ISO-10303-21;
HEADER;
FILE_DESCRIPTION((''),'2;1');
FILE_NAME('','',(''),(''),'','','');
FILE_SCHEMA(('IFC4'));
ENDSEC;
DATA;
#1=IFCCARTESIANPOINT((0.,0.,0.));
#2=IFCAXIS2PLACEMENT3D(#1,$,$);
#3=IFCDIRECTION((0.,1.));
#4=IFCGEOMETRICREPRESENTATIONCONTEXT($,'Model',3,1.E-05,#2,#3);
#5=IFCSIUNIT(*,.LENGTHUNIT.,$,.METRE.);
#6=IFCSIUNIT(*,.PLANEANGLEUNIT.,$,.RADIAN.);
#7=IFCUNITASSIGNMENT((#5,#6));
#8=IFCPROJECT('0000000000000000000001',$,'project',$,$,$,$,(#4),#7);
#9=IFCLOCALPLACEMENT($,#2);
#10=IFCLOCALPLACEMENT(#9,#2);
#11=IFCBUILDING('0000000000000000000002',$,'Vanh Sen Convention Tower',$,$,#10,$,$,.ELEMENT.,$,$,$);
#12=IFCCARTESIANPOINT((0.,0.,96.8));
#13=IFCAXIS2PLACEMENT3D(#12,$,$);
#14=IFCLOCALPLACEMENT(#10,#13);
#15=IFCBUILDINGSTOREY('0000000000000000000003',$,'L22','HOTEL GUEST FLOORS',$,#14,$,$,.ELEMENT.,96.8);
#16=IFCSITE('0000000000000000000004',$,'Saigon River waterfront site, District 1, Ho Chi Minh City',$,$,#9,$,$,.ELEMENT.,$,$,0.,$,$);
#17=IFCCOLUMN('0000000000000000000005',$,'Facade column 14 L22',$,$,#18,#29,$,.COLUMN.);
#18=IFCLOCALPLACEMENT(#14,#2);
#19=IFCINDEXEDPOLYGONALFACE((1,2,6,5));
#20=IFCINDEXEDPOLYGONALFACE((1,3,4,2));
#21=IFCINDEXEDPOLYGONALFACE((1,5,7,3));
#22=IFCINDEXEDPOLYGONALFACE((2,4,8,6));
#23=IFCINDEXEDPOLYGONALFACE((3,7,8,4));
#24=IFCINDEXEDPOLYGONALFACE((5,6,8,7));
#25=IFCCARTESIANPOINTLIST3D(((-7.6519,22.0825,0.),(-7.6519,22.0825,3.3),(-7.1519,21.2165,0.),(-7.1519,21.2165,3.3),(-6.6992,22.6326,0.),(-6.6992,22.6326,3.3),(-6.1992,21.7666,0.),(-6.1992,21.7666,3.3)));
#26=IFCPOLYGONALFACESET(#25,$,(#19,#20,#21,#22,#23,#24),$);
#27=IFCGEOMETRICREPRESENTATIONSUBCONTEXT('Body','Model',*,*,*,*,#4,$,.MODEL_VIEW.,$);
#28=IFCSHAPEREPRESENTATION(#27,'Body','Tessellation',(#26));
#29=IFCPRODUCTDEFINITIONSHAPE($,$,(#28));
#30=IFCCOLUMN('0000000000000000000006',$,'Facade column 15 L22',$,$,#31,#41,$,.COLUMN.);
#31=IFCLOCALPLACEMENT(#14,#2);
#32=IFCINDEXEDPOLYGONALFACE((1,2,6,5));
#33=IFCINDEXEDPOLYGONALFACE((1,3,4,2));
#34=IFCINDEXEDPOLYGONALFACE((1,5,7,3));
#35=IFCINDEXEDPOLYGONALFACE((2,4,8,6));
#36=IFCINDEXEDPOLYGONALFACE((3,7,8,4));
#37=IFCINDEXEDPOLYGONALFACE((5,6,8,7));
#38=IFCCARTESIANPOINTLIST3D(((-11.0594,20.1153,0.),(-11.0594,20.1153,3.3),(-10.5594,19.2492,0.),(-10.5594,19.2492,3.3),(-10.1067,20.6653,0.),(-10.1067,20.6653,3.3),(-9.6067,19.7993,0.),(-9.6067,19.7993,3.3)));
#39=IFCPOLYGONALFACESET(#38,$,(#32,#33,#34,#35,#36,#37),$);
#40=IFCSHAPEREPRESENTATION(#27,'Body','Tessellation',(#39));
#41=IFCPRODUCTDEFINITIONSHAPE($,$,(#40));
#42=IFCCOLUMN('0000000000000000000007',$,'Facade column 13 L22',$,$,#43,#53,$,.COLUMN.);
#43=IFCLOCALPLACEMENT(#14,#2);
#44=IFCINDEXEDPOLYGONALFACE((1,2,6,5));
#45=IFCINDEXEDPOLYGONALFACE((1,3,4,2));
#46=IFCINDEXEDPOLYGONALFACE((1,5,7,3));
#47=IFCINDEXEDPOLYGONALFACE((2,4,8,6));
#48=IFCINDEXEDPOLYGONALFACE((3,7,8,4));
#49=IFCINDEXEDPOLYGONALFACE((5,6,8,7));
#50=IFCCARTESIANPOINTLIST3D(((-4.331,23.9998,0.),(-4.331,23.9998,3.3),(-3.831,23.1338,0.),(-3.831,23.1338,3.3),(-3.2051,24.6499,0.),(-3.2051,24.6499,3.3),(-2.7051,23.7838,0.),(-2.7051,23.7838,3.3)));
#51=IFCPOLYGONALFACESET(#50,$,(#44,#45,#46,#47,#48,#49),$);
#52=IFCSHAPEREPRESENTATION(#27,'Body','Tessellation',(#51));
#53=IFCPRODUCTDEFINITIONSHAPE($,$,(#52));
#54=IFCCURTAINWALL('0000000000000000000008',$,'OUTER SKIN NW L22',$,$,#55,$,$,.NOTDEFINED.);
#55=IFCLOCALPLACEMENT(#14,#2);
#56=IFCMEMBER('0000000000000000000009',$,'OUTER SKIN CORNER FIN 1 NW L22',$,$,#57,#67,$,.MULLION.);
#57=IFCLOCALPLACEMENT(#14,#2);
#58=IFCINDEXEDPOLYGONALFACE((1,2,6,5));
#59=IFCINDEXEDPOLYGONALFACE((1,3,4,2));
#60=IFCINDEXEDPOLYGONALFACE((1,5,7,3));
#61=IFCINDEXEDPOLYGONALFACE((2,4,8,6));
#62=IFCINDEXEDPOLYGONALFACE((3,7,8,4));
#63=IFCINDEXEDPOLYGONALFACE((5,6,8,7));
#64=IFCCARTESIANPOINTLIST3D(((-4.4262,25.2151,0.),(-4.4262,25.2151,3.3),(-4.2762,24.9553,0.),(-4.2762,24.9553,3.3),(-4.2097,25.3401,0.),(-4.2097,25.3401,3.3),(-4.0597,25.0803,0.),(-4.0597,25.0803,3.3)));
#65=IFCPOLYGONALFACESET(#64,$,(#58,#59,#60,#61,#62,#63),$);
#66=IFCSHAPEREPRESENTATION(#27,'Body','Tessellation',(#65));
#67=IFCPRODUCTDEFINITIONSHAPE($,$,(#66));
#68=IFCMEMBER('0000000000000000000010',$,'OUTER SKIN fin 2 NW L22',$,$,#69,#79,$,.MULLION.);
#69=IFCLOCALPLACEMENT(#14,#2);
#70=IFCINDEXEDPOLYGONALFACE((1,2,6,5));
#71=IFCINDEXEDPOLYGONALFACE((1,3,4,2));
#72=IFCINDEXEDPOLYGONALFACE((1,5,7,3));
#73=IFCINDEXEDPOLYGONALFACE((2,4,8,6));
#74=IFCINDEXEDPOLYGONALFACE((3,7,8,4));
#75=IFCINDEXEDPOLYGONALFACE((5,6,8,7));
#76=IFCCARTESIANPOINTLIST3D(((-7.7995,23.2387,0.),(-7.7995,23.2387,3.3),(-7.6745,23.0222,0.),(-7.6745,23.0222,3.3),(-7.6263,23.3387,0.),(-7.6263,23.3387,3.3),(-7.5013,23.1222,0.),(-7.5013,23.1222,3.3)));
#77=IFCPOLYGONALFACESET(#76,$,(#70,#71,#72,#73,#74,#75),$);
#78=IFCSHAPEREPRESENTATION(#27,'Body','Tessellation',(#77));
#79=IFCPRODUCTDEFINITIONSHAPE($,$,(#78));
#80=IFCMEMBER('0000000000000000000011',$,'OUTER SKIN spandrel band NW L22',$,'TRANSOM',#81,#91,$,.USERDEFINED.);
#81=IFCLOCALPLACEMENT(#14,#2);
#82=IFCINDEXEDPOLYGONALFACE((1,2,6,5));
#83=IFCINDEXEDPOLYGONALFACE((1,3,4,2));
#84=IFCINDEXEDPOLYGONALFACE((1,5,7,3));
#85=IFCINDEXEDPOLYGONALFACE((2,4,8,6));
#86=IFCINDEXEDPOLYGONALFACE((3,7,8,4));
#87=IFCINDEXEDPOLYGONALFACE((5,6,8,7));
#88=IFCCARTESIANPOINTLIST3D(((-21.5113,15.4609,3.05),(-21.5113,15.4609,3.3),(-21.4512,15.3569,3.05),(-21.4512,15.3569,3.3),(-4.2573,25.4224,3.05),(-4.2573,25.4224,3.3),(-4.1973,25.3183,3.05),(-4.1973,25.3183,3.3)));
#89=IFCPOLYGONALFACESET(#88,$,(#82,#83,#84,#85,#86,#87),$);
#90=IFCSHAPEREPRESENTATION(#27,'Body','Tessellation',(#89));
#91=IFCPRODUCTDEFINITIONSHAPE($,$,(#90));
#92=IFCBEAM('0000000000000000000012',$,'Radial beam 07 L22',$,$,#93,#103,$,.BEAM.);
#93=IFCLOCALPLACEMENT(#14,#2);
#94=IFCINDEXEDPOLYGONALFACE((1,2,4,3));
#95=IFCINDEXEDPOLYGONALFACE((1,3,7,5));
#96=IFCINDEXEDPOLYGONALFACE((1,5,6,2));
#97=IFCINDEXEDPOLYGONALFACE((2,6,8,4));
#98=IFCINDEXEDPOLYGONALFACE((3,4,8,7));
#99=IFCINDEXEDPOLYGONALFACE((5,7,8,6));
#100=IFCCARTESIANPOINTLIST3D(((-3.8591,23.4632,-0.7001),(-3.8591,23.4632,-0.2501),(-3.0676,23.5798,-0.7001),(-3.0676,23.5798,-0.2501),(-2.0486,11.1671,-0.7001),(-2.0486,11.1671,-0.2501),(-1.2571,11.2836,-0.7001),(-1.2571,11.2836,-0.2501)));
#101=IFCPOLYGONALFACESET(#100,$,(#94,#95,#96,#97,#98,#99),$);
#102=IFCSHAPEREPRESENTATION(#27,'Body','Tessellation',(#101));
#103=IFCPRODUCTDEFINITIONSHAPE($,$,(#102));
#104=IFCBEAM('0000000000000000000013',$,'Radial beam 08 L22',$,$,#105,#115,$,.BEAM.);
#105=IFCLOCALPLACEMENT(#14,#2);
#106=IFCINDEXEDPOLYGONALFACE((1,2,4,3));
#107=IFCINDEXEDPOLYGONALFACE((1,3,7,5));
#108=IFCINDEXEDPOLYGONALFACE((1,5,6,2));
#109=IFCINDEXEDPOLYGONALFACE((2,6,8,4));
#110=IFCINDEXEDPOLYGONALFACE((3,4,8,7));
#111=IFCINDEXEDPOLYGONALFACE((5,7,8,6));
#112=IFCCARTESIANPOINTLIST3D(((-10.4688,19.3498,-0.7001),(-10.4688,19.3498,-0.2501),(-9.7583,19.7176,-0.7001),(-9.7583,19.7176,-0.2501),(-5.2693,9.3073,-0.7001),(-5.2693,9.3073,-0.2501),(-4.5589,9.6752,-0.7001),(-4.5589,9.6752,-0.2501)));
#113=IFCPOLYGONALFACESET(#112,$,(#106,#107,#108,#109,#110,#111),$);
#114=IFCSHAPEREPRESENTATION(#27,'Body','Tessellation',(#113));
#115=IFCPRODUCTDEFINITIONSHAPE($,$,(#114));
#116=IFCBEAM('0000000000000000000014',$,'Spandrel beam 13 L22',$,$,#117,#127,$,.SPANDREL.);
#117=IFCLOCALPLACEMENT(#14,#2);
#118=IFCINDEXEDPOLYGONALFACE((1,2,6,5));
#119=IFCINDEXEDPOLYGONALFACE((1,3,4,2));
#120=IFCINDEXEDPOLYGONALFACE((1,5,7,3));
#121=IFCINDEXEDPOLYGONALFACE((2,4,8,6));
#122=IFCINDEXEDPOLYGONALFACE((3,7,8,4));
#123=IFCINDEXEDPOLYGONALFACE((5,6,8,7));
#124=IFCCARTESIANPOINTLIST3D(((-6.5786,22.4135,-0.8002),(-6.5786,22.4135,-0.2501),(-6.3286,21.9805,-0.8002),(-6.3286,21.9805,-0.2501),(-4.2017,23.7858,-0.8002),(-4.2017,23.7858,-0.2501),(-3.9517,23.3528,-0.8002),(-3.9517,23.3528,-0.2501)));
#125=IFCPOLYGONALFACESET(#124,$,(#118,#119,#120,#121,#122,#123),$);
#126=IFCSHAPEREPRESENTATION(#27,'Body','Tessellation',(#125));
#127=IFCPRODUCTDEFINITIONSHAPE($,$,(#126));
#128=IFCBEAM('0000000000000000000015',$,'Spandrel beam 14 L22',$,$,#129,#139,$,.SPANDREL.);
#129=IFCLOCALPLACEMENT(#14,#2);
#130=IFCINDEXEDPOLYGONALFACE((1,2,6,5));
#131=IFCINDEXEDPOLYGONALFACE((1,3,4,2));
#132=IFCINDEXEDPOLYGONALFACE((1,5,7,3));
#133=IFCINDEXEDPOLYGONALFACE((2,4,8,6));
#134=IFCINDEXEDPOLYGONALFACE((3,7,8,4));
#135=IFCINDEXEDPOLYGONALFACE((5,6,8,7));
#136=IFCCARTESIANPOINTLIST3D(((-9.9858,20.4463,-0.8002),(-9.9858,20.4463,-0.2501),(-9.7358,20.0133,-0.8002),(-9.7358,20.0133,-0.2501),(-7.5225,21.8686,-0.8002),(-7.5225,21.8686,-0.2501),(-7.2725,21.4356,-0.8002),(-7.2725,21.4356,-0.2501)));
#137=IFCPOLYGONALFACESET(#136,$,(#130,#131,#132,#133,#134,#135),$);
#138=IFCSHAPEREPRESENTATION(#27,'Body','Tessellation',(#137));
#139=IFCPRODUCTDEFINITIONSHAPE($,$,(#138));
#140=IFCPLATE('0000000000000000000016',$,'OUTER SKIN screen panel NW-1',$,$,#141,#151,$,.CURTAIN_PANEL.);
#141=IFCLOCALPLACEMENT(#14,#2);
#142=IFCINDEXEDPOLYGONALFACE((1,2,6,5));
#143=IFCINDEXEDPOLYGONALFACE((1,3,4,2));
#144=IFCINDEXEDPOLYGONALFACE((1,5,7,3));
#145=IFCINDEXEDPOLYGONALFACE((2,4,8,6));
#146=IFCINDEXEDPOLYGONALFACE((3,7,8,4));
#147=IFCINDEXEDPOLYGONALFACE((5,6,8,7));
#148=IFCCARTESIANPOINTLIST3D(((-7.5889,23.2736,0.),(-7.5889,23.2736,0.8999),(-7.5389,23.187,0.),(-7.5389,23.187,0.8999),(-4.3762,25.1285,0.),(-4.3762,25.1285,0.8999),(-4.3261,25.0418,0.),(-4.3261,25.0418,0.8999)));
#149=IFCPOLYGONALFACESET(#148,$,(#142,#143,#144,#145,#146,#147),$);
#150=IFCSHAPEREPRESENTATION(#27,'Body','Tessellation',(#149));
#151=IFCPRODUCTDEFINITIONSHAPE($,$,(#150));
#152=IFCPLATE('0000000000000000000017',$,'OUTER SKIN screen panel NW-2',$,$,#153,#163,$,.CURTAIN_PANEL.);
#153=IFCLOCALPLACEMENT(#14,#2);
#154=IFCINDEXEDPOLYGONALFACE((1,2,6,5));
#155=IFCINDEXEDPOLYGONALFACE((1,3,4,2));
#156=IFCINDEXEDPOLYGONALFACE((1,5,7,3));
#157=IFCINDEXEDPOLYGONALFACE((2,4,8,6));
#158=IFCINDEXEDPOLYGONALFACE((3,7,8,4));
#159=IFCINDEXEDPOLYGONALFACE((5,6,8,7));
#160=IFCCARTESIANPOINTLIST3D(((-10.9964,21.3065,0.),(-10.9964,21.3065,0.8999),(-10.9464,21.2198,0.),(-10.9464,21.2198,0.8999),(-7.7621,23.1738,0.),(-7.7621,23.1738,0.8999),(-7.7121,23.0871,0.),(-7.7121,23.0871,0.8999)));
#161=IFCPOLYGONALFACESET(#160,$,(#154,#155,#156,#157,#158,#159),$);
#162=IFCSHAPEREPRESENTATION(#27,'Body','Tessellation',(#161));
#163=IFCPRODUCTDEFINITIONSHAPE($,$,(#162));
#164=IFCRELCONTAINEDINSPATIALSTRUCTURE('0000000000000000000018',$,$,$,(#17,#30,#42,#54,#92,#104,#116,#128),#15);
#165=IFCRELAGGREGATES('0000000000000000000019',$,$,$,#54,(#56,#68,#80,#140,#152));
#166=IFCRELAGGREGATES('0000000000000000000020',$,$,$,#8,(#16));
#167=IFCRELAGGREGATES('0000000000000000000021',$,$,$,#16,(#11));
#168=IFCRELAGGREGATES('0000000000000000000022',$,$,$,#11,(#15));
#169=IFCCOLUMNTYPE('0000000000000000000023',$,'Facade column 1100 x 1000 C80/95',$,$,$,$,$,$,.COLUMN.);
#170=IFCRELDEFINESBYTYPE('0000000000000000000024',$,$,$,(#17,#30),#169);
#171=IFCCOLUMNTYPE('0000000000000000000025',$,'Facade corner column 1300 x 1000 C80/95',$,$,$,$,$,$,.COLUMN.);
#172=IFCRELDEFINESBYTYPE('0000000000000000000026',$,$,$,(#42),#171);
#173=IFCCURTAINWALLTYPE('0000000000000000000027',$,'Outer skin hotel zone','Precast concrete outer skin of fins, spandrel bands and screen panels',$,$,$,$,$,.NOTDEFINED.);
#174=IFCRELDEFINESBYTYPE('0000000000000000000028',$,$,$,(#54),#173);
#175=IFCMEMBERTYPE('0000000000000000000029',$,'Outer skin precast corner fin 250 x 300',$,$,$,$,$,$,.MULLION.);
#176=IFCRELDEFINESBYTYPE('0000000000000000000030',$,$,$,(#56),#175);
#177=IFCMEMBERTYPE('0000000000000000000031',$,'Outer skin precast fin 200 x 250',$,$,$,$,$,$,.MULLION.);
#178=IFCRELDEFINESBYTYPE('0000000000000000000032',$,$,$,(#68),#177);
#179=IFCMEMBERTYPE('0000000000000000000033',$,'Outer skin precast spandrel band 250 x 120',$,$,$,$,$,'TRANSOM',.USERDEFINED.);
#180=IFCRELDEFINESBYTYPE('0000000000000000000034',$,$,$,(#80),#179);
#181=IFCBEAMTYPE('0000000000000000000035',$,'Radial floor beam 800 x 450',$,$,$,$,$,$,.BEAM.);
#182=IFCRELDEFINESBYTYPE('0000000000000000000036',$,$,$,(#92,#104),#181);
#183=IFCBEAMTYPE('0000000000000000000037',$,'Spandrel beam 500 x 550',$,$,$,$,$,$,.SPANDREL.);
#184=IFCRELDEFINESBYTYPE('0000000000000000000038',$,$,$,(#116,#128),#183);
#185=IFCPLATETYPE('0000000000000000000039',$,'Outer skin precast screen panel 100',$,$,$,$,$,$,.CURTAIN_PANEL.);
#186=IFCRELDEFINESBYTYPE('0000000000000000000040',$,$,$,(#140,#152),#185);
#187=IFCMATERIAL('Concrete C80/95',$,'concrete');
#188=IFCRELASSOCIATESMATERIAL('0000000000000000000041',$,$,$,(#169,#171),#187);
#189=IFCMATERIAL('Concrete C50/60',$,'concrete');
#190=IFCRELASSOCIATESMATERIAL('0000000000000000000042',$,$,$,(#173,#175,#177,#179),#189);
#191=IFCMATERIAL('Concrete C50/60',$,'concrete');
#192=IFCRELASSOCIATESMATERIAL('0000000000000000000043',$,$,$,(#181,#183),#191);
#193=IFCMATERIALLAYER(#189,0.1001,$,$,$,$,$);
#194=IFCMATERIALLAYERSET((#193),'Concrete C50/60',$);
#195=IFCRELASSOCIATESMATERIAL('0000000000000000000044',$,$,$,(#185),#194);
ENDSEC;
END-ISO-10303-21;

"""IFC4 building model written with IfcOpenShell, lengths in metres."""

from ifc_helpers import new_model, si_unit, direction, frame, origin, origin_2d, place, context, subcontext, project, spatial, rectangle, extrude, material, layer, layer_set, material_profile, profile_set, type_object, element, aggregate, save


model = new_model("IFC4")

# Units and contexts
model_context = context("Model", 3, precision=1e-05, world=origin(), true_north=direction((0.0, 1.0)))
body_context = subcontext(model_context, "Body", "Model", "MODEL_VIEW")
ifc_project = project(units=[si_unit("LENGTHUNIT", "METRE"), si_unit("PLANEANGLEUNIT", "RADIAN")], contexts=[model_context])

# Site, building, storey
site_placement = place(None, origin())
site = spatial("IfcSite", under=ifc_project, at=site_placement, Name="Saigon River waterfront site, District 1, Ho Chi Minh City", CompositionType="ELEMENT", RefElevation=0.0)
building_placement = place(site_placement, origin())
building = spatial("IfcBuilding", under=site, at=building_placement, Name="Vanh Sen Convention Tower", CompositionType="ELEMENT")
storey_placement = place(building_placement, frame((0.0, 0.0, 96.8)))
storey = spatial("IfcBuildingStorey", under=building, at=storey_placement, Name="L22", Description="HOTEL GUEST FLOORS", CompositionType="ELEMENT", Elevation=96.8)

# Columns
ifc_material_1 = material(Name="Concrete C80/95", Category="concrete")
ifc_material_profile_1 = material_profile(ifc_material_1, rectangle(XDim=1.1001, YDim=1.0, at=origin_2d()), Name="RC 1100X1000")
ifc_profile_set_1 = profile_set([ifc_material_profile_1], Name="Concrete C80/95")
column_type_1 = type_object("IfcColumnType", Name="Facade column 1100 x 1000 C80/95", PredefinedType="COLUMN", material=ifc_profile_set_1)
for number, where, z_axis, x_axis, name in (
    (1, (-6.9255, 21.9246, 0.0), (0.0, 0.0, 1.0), (-0.866025, -0.5, 0.0), "Facade column 14 L22"),
    (2, (-10.333, 19.9573, 0.0), (0.0, 0.0, 1.0), (-0.866025, -0.5, 0.0), "Facade column 15 L22"),
):
    element("IfcColumn", number, at=place(storey_placement, frame(where, z_axis=z_axis, x_axis=x_axis)), inside=storey, type_object=column_type_1, Name=name, PredefinedType="COLUMN", context=body_context, shape_type="SweptSolid", body=[
        extrude(rectangle(XDim=1.1001, YDim=1.0, at=origin_2d()), origin(), (0.0, 0.0, 1.0), 3.3),
    ])
ifc_material_profile_2 = material_profile(ifc_material_1, rectangle(XDim=1.3, YDim=1.0, at=origin_2d()), Name="RC 1300X1000")
ifc_profile_set_2 = profile_set([ifc_material_profile_2], Name="Concrete C80/95")
column_type_2 = type_object("IfcColumnType", Name="Facade corner column 1300 x 1000 C80/95", PredefinedType="COLUMN", material=ifc_profile_set_2)
column_placement = place(storey_placement, frame((-3.5181, 23.8918, 0.0), z_axis=(0.0, 0.0, 1.0), x_axis=(-0.866025, -0.5, 0.0)))
element("IfcColumn", 3, at=column_placement, inside=storey, type_object=column_type_2, Name="Facade column 13 L22", PredefinedType="COLUMN", context=body_context, shape_type="SweptSolid", body=[
    extrude(rectangle(XDim=1.3, YDim=1.0, at=origin_2d()), origin(), (0.0, 0.0, 1.0), 3.3),
])

# Curtain wall, members
ifc_material_2 = material(Name="Concrete C50/60", Category="concrete")
curtain_wall_type = type_object("IfcCurtainWallType", Name="Outer skin hotel zone", Description="Precast concrete outer skin of fins, spandrel bands and screen panels", PredefinedType="NOTDEFINED", material=ifc_material_2)
curtain_wall_placement = place(storey_placement, origin())
curtain_wall = element("IfcCurtainWall", 4, at=curtain_wall_placement, inside=storey, type_object=curtain_wall_type, Name="OUTER SKIN NW L22", PredefinedType="NOTDEFINED")
ifc_material_profile_3 = material_profile(ifc_material_2, rectangle(XDim=0.25, YDim=0.3, at=origin_2d()), Name="Outer skin precast corner fin 250 x 300")
ifc_profile_set_3 = profile_set([ifc_material_profile_3], Name="Concrete C50/60")
member_type_1 = type_object("IfcMemberType", Name="Outer skin precast corner fin 250 x 300", PredefinedType="MULLION", material=ifc_profile_set_3)
member_1_placement = place(storey_placement, frame((-4.2429, 25.1477, 0.0), z_axis=(0.0, 0.0, 1.0), x_axis=(-0.866025, -0.5, 0.0)))
member_1 = element("IfcMember", 5, at=member_1_placement, type_object=member_type_1, Name="OUTER SKIN CORNER FIN 1 NW L22", PredefinedType="MULLION", context=body_context, shape_type="SweptSolid", body=[
    extrude(rectangle(XDim=0.25, YDim=0.3, at=origin_2d()), origin(), (0.0, 0.0, 1.0), 3.3),
])
ifc_material_profile_4 = material_profile(ifc_material_2, rectangle(XDim=0.2, YDim=0.25, at=origin_2d()), Name="Outer skin precast fin 200 x 250")
ifc_profile_set_4 = profile_set([ifc_material_profile_4], Name="Concrete C50/60")
member_type_2 = type_object("IfcMemberType", Name="Outer skin precast fin 200 x 250", PredefinedType="MULLION", material=ifc_profile_set_4)
member_2_placement = place(storey_placement, frame((-7.6504, 23.1804, 0.0), z_axis=(0.0, 0.0, 1.0), x_axis=(-0.866025, -0.5, 0.0)))
member_2 = element("IfcMember", 6, at=member_2_placement, type_object=member_type_2, Name="OUTER SKIN fin 2 NW L22", PredefinedType="MULLION", context=body_context, shape_type="SweptSolid", body=[
    extrude(rectangle(XDim=0.2, YDim=0.25, at=origin_2d()), origin(), (0.0, 0.0, 1.0), 3.3),
])
ifc_material_profile_5 = material_profile(ifc_material_2, rectangle(XDim=0.1201, YDim=0.25, at=origin_2d()), Name="Outer skin precast spandrel band 250 x 120")
ifc_profile_set_5 = profile_set([ifc_material_profile_5], Name="Concrete C50/60")
member_type_3 = type_object("IfcMemberType", Name="Outer skin precast spandrel band 250 x 120", ElementType="TRANSOM", PredefinedType="USERDEFINED", material=ifc_profile_set_5)
member_3_placement = place(storey_placement, frame((-4.2273, 25.3704, 3.175), z_axis=(-0.866028, -0.499995, 0.0), x_axis=(0.499995, -0.866028, 0.0)))
member_3 = element("IfcMember", 7, at=member_3_placement, type_object=member_type_3, Name="OUTER SKIN spandrel band NW L22", ObjectType="TRANSOM", PredefinedType="USERDEFINED", context=body_context, shape_type="SweptSolid", body=[
    extrude(rectangle(XDim=0.1201, YDim=0.25, at=origin_2d()), origin(), (0.0, 0.0, 1.0), 19.9231),
])

# Beams
ifc_material_3 = material(Name="Concrete C50/60", Category="concrete")
ifc_material_profile_6 = material_profile(ifc_material_3, rectangle(XDim=0.8, YDim=0.45, at=origin_2d()), Name="RC 800X450")
ifc_profile_set_6 = profile_set([ifc_material_profile_6], Name="Concrete C50/60")
beam_type_1 = type_object("IfcBeamType", Name="Radial floor beam 800 x 450", PredefinedType="BEAM", material=ifc_profile_set_6)
beam_1_placement = place(storey_placement, frame((-3.4634, 23.5215, -0.4751), z_axis=(0.145674, -0.989333, 0.0), x_axis=(0.989333, 0.145674, 0.0)))
element("IfcBeam", 8, at=beam_1_placement, inside=storey, type_object=beam_type_1, Name="Radial beam 07 L22", PredefinedType="BEAM", context=body_context, shape_type="SweptSolid", body=[
    extrude(rectangle(XDim=0.8, YDim=0.45, at=origin_2d()), origin(), (0.0, 0.0, 1.0), 12.4287),
])
beam_2_placement = place(storey_placement, frame((-10.1135, 19.5337, -0.4751), z_axis=(0.459777, -0.888034, 0.0), x_axis=(0.888034, 0.459777, 0.0)))
element("IfcBeam", 9, at=beam_2_placement, inside=storey, type_object=beam_type_1, Name="Radial beam 08 L22", PredefinedType="BEAM", context=body_context, shape_type="SweptSolid", body=[
    extrude(rectangle(XDim=0.8, YDim=0.45, at=origin_2d()), origin(), (0.0, 0.0, 1.0), 11.3086),
])
ifc_material_profile_7 = material_profile(ifc_material_3, rectangle(XDim=0.5, YDim=0.55, at=origin_2d()), Name="RC 500X550")
ifc_profile_set_7 = profile_set([ifc_material_profile_7], Name="Concrete C50/60")
beam_type_2 = type_object("IfcBeamType", Name="Spandrel beam 500 x 550", PredefinedType="SPANDREL", material=ifc_profile_set_7)
beam_3_placement = place(storey_placement, frame((-4.0767, 23.5693, -0.5251), z_axis=(-0.866029, -0.499995, 0.0), x_axis=(0.499995, -0.866029, 0.0)))
element("IfcBeam", 10, at=beam_3_placement, inside=storey, type_object=beam_type_2, Name="Spandrel beam 13 L22", PredefinedType="SPANDREL", context=body_context, shape_type="SweptSolid", body=[
    extrude(rectangle(XDim=0.5, YDim=0.55, at=origin_2d()), origin(), (0.0, 0.0, 1.0), 2.7446),
])
beam_4_placement = place(storey_placement, frame((-7.3975, 21.6521, -0.5251), z_axis=(-0.866005, -0.500034, 0.0), x_axis=(0.500034, -0.866005, 0.0)))
element("IfcBeam", 11, at=beam_4_placement, inside=storey, type_object=beam_type_2, Name="Spandrel beam 14 L22", PredefinedType="SPANDREL", context=body_context, shape_type="SweptSolid", body=[
    extrude(rectangle(XDim=0.5, YDim=0.55, at=origin_2d()), origin(), (0.0, 0.0, 1.0), 2.8445),
])

# Plates
ifc_layer_1 = layer(ifc_material_2, 0.1001)
ifc_layer_set_1 = layer_set([ifc_layer_1], Name="Concrete C50/60")
plate_type = type_object("IfcPlateType", Name="Outer skin precast screen panel 100", PredefinedType="CURTAIN_PANEL", material=ifc_layer_set_1)
plate_1_placement = place(storey_placement, frame((-5.9575, 24.1577, 0.0), z_axis=(0.0, 0.0, 1.0), x_axis=(-0.866028, -0.499995, 0.0)))
plate_1 = element("IfcPlate", 12, at=plate_1_placement, type_object=plate_type, Name="OUTER SKIN screen panel NW-1", PredefinedType="CURTAIN_PANEL", context=body_context, shape_type="SweptSolid", body=[
    extrude(rectangle(XDim=3.7097, YDim=0.1001, at=origin_2d()), origin(), (0.0, 0.0, 1.0), 0.8999),
])
plate_2_placement = place(storey_placement, frame((-9.3542, 22.1968, 0.0), z_axis=(0.0, 0.0, 1.0), x_axis=(-0.866021, -0.500008, 0.0)))
plate_2 = element("IfcPlate", 13, at=plate_2_placement, type_object=plate_type, Name="OUTER SKIN screen panel NW-2", PredefinedType="CURTAIN_PANEL", context=body_context, shape_type="SweptSolid", body=[
    extrude(rectangle(XDim=3.7346, YDim=0.1001, at=origin_2d()), origin(), (0.0, 0.0, 1.0), 0.8999),
])
aggregate(curtain_wall, [member_1, member_2, member_3, plate_1, plate_2])

save(model, "model.ifc")
